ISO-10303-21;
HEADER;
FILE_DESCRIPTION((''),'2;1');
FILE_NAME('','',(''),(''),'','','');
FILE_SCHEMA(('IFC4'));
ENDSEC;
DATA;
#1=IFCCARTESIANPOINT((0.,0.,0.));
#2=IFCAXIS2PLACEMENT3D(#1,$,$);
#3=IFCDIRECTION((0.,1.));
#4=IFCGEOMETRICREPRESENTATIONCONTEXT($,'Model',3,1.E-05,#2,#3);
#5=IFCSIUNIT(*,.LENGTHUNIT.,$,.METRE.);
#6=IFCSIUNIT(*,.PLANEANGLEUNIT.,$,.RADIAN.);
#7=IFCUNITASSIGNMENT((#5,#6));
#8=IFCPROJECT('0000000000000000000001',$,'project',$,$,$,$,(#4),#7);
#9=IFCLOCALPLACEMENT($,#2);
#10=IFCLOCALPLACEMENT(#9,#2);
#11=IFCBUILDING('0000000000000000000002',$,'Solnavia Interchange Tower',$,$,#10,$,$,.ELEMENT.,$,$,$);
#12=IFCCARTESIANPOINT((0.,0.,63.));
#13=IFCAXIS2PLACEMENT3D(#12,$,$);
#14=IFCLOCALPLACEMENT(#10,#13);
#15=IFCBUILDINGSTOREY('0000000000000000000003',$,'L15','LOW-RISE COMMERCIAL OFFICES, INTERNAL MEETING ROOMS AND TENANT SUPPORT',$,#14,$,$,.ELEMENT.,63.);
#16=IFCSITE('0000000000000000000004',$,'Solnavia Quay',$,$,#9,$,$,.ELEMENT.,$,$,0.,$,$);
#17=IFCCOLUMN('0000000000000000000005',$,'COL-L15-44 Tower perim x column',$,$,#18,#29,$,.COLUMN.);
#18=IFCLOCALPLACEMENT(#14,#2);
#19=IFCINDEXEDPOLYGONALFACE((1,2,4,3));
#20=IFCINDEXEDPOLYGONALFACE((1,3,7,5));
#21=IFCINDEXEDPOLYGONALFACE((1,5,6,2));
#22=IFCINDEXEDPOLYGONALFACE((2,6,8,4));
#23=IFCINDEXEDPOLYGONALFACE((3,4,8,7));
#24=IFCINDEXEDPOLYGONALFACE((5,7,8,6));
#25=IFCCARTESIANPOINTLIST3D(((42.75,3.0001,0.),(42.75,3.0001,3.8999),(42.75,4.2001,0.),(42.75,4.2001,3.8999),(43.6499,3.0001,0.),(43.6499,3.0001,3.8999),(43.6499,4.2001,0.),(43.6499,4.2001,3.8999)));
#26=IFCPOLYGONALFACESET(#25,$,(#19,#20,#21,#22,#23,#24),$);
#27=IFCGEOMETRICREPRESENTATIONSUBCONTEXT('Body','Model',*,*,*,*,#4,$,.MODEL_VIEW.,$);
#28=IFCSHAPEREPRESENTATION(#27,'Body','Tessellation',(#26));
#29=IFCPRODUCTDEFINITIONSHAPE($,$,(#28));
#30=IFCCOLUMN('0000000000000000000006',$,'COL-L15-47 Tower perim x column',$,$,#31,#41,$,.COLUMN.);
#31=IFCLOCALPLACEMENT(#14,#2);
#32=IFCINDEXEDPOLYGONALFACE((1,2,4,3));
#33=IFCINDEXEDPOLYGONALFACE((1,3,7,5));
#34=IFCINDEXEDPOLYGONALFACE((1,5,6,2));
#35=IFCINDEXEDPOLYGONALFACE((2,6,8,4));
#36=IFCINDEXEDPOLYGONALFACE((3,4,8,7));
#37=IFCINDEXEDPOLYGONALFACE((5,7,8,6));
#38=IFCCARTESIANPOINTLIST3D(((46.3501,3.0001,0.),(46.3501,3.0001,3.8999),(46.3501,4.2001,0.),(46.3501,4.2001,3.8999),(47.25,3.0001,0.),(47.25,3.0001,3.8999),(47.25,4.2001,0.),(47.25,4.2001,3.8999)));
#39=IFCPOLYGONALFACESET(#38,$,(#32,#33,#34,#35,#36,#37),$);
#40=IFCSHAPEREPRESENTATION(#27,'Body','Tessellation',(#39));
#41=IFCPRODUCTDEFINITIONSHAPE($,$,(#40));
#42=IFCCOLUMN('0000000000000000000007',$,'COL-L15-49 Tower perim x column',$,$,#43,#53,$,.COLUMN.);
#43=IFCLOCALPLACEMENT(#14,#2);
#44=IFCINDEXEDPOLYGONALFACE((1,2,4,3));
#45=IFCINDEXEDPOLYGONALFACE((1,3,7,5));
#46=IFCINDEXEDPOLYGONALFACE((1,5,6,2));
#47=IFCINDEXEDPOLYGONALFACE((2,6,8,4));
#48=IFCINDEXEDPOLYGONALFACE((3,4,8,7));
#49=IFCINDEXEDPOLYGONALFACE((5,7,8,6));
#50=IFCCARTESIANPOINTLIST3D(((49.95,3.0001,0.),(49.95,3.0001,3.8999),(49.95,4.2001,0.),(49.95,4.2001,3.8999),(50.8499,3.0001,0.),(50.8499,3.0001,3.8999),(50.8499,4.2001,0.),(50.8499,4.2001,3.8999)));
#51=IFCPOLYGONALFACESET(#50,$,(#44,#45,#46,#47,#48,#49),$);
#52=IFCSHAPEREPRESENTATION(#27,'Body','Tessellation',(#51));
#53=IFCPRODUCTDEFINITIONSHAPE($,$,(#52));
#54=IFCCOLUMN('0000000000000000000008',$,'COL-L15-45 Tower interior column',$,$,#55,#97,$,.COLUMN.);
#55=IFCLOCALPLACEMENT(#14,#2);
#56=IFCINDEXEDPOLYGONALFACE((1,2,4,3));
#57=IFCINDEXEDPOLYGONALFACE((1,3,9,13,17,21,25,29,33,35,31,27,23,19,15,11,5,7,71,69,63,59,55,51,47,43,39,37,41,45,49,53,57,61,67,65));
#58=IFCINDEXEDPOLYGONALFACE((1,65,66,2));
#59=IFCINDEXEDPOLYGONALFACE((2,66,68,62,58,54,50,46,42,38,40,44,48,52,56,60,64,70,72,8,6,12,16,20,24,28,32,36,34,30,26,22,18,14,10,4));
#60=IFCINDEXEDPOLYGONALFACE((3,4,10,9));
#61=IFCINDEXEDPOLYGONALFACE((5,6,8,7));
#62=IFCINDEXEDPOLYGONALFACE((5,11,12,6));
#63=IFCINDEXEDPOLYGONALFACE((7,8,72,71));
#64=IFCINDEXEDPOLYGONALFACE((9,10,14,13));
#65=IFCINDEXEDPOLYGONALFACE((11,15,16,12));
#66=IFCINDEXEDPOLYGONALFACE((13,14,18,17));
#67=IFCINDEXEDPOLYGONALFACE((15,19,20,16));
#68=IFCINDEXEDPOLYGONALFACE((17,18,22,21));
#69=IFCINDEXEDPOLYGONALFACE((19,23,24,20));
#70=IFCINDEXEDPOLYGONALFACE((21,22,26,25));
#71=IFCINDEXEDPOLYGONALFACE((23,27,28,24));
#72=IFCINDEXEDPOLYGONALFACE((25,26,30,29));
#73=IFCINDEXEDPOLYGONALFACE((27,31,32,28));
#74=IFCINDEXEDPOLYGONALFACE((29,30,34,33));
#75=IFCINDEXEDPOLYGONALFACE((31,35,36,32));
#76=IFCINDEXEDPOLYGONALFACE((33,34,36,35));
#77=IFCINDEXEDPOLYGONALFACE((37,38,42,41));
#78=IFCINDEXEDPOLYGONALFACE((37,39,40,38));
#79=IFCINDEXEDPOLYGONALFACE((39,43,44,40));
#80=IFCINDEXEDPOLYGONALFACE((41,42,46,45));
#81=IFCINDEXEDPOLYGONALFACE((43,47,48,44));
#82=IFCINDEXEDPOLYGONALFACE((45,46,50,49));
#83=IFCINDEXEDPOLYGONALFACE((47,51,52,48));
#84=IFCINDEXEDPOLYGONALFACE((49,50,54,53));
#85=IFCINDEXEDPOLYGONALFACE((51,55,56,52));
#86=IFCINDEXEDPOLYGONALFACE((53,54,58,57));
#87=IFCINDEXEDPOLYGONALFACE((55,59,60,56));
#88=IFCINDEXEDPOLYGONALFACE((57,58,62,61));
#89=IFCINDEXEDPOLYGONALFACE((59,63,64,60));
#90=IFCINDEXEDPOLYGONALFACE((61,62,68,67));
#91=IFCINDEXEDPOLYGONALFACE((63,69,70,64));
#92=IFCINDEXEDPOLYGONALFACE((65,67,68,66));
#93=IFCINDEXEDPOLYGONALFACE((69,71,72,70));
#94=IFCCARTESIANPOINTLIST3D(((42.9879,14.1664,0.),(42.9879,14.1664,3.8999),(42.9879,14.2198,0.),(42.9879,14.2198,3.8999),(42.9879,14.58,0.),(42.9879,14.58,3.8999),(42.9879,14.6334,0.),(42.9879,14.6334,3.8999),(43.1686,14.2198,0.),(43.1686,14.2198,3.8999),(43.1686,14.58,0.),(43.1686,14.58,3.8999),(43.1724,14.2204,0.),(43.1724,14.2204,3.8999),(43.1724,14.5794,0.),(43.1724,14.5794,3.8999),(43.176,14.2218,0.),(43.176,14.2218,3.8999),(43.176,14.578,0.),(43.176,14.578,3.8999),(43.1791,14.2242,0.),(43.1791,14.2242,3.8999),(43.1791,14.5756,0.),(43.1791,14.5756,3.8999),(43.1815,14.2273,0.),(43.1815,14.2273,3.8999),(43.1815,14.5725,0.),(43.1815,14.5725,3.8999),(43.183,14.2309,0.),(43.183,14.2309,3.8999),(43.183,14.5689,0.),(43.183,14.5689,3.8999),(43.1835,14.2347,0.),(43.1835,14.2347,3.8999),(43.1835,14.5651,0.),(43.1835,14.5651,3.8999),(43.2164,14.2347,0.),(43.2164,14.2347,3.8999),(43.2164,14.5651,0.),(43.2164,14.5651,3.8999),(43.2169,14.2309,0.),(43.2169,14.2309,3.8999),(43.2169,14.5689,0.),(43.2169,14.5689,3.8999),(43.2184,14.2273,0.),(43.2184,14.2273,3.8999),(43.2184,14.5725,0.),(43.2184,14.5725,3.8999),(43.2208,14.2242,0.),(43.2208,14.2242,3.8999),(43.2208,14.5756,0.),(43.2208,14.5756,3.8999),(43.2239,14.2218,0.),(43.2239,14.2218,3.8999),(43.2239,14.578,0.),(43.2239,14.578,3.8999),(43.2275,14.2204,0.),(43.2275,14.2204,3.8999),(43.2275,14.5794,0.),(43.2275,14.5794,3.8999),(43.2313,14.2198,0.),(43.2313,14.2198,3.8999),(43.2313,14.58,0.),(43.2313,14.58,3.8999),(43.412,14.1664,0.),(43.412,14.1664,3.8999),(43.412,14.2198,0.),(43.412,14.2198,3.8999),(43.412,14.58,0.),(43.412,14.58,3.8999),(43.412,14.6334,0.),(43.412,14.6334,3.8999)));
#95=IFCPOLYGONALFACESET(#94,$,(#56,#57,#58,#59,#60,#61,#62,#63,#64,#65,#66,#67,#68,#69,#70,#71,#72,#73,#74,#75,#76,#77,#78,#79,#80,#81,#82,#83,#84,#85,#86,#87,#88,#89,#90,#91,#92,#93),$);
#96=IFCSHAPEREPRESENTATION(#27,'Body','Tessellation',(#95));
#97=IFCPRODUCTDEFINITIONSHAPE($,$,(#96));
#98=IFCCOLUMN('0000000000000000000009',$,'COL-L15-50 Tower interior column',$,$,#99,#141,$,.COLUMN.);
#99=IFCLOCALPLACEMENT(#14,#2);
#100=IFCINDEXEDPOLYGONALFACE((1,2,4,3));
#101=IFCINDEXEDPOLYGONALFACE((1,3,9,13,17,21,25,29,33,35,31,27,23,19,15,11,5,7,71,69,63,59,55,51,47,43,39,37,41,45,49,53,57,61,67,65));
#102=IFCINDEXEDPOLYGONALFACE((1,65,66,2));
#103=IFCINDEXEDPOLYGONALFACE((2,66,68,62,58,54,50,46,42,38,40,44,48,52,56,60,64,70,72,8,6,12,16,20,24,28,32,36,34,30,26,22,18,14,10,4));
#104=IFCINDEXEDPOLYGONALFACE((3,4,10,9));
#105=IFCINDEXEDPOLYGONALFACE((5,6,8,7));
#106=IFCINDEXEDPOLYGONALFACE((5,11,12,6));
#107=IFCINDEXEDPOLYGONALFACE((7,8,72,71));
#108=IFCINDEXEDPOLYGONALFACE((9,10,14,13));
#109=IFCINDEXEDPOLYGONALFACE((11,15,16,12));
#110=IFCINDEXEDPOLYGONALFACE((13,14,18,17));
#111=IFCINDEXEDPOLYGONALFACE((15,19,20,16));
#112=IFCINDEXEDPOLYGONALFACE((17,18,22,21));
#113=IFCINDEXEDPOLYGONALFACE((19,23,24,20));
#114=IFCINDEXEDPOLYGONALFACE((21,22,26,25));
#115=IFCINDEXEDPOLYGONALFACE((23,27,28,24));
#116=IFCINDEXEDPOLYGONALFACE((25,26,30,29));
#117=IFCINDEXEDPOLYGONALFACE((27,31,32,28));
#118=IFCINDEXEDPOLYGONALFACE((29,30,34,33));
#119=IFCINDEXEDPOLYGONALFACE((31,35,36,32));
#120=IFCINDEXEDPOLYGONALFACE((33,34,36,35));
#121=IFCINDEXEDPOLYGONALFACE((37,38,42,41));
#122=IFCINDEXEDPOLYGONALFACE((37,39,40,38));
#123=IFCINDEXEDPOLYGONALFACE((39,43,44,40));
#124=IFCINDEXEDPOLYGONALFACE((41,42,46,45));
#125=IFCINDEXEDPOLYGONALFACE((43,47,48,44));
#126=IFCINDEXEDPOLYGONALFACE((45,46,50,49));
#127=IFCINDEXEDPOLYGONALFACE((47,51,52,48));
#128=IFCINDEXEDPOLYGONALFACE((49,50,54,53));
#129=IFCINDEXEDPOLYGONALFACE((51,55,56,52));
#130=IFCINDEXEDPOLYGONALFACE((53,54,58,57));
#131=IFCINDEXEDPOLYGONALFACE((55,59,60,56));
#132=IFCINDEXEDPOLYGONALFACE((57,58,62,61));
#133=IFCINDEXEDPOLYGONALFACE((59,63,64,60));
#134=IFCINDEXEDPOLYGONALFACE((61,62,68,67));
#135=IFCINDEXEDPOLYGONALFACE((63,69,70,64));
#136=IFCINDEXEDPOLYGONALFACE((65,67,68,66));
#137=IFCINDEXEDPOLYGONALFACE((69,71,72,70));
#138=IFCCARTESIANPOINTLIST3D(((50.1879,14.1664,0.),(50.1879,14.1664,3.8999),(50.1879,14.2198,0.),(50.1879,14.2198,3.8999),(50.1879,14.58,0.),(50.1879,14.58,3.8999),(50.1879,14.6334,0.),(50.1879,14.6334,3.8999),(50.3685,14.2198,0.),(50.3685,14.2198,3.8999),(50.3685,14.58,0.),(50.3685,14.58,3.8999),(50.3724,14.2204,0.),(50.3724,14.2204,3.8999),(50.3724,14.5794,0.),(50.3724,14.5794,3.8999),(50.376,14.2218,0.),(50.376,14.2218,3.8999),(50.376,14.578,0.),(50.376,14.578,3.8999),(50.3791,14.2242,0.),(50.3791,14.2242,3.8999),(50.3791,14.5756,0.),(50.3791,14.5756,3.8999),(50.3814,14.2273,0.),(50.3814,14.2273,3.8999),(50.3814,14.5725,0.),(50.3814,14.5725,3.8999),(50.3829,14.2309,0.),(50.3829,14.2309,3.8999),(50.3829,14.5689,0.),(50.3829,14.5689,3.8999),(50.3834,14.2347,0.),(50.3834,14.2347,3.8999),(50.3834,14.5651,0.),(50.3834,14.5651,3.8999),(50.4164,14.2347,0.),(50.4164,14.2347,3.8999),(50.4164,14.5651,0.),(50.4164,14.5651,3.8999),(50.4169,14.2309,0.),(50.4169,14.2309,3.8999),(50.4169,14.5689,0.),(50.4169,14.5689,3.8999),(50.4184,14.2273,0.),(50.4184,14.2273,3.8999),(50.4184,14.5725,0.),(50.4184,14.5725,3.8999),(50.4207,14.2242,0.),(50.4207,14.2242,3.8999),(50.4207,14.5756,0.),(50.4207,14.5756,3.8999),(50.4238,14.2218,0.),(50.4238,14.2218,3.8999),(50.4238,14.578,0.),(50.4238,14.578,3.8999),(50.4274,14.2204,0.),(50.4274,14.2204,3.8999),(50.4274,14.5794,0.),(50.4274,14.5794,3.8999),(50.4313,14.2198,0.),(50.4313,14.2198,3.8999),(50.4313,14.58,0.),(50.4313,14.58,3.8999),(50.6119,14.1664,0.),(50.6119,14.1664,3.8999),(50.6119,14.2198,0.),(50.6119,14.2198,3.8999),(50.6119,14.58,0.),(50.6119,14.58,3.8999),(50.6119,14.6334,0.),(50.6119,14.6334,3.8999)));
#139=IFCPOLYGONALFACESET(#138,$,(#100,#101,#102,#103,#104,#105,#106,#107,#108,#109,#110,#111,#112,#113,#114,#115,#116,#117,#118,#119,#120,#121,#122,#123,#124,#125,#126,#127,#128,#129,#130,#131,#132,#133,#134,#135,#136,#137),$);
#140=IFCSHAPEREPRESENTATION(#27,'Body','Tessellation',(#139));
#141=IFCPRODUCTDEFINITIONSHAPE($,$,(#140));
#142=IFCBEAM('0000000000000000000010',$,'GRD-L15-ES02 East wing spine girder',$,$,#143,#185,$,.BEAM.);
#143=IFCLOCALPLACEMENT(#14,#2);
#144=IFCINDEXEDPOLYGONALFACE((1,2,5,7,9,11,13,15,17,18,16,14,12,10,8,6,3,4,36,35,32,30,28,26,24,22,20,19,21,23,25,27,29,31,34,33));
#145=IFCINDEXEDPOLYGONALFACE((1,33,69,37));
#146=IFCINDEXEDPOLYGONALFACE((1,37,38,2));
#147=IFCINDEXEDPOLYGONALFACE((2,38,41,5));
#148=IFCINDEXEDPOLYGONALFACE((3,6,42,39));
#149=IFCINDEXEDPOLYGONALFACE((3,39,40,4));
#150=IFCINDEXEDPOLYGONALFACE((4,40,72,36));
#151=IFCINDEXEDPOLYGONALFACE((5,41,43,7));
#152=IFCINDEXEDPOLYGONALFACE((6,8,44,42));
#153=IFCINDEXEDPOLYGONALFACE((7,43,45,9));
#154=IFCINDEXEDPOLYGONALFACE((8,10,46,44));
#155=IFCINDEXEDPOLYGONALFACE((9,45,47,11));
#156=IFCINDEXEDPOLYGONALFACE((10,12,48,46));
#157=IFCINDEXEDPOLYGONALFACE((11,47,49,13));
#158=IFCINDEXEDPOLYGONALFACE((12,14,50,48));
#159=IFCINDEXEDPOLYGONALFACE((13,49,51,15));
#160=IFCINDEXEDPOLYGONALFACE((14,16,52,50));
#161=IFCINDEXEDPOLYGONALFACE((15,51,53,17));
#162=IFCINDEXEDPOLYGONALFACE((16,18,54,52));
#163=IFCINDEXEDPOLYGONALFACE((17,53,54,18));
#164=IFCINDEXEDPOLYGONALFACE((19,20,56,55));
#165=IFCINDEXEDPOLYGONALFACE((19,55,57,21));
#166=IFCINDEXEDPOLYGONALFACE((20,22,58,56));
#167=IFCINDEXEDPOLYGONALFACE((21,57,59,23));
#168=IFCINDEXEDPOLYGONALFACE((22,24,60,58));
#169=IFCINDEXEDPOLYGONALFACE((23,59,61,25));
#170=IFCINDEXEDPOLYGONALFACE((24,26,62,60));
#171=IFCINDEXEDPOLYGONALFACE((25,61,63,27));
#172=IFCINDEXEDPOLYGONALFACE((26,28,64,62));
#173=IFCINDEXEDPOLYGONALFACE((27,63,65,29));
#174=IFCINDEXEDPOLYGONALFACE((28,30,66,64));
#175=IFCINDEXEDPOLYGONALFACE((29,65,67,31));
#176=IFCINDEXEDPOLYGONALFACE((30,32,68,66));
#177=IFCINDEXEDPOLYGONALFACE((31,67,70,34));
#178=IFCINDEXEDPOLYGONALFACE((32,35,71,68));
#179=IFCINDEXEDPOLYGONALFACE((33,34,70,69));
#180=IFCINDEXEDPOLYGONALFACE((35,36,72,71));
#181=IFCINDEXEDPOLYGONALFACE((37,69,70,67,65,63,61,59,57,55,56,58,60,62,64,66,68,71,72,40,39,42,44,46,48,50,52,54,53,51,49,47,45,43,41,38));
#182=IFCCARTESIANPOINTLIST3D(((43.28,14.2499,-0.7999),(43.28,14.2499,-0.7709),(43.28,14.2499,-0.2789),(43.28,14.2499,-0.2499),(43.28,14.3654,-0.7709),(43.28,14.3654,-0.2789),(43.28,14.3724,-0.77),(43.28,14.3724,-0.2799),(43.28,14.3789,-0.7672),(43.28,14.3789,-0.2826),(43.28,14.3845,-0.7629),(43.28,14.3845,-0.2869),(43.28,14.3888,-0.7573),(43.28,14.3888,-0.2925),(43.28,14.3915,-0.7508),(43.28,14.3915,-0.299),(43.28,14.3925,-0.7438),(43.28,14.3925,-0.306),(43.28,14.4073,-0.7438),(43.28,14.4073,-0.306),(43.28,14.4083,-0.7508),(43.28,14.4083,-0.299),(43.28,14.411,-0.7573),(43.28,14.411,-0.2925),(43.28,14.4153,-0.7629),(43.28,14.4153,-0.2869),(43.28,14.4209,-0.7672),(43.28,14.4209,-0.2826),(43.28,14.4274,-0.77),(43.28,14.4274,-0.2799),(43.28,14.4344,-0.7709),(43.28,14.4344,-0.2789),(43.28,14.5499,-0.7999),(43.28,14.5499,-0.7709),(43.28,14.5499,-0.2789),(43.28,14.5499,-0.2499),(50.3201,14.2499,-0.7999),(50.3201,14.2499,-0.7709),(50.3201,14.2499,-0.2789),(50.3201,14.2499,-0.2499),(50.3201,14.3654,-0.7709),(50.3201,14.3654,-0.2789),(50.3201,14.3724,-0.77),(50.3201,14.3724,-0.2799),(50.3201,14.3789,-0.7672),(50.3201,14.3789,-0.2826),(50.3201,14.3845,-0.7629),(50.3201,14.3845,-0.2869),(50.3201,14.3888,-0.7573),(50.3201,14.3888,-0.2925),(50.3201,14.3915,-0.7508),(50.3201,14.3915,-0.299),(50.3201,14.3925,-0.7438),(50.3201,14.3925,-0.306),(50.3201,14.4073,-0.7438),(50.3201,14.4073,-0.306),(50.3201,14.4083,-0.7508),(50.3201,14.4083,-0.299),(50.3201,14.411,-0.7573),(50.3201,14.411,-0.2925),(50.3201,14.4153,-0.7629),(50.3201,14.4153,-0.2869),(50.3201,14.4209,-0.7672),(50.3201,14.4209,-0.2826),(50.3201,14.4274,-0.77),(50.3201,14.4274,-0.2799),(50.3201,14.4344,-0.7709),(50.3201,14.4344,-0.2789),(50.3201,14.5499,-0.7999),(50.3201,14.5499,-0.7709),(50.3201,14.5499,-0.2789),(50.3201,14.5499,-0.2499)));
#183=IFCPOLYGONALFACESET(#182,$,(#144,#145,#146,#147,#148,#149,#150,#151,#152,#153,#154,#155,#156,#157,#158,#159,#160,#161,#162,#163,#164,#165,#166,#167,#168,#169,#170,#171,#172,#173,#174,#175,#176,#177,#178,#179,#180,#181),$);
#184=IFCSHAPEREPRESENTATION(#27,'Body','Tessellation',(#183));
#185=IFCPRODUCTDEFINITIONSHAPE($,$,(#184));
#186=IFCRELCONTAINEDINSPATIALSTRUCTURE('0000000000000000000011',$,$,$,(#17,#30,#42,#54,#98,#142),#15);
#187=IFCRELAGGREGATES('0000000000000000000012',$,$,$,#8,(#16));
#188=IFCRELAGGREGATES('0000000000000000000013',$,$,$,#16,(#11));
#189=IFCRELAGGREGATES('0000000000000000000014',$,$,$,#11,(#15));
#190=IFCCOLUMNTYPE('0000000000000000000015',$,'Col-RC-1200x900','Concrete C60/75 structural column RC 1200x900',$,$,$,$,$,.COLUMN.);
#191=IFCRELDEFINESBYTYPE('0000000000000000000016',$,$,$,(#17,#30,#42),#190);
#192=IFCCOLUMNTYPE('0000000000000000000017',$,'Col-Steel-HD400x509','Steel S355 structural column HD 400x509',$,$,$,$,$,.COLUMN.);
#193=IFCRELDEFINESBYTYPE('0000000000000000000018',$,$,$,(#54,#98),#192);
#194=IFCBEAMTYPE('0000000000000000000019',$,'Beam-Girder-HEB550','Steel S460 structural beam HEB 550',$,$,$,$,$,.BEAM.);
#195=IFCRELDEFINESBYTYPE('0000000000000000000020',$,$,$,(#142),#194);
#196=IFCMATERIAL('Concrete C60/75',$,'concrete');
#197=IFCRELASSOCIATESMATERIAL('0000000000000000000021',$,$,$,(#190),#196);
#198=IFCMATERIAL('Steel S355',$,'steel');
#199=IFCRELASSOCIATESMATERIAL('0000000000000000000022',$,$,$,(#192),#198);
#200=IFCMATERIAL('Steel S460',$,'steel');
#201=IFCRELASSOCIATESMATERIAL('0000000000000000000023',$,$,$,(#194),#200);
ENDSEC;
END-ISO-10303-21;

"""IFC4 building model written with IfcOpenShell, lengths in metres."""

from ifc_helpers import new_model, si_unit, direction, frame, origin, origin_2d, place, context, subcontext, project, spatial, rectangle, i_section, extrude, material, material_profile, profile_set, type_object, element, save


model = new_model("IFC4")

# Units and contexts
model_context = context("Model", 3, precision=1e-05, world=origin(), true_north=direction((0.0, 1.0)))
body_context = subcontext(model_context, "Body", "Model", "MODEL_VIEW")
ifc_project = project(units=[si_unit("LENGTHUNIT", "METRE"), si_unit("PLANEANGLEUNIT", "RADIAN")], contexts=[model_context])

# Site, building, storey
site_placement = place(None, origin())
site = spatial("IfcSite", under=ifc_project, at=site_placement, Name="Solnavia Quay", CompositionType="ELEMENT", RefElevation=0.0)
building_placement = place(site_placement, origin())
building = spatial("IfcBuilding", under=site, at=building_placement, Name="Solnavia Interchange Tower", CompositionType="ELEMENT")
storey_placement = place(building_placement, frame((0.0, 0.0, 63.0)))
storey = spatial("IfcBuildingStorey", under=building, at=storey_placement, Name="L15", Description="LOW-RISE COMMERCIAL OFFICES, INTERNAL MEETING ROOMS AND TENANT SUPPORT", CompositionType="ELEMENT", Elevation=63.0)

# Columns
ifc_material_1 = material(Name="Concrete C60/75", Category="concrete")
ifc_material_profile_1 = material_profile(ifc_material_1, rectangle(XDim=0.8999, YDim=1.2, at=origin_2d()), Name="RC 1200x900")
ifc_profile_set_1 = profile_set([ifc_material_profile_1], Name="Concrete C60/75")
column_type_1 = type_object("IfcColumnType", Name="Col-RC-1200x900", Description="Concrete C60/75 structural column RC 1200x900", PredefinedType="COLUMN", material=ifc_profile_set_1)
for number, where, z_axis, x_axis, name in (
    (1, (43.2, 3.6001, 0.0), (0.0, 0.0, 1.0), (1.0, 0.0, 0.0), "COL-L15-44 Tower perim x column"),
    (2, (46.8, 3.6001, 0.0), (0.0, 0.0, 1.0), (1.0, 0.0, 0.0), "COL-L15-47 Tower perim x column"),
    (3, (50.3999, 3.6001, 0.0), (0.0, 0.0, 1.0), (1.0, 0.0, 0.0), "COL-L15-49 Tower perim x column"),
):
    element("IfcColumn", number, at=place(storey_placement, frame(where, z_axis=z_axis, x_axis=x_axis)), inside=storey, type_object=column_type_1, Name=name, PredefinedType="COLUMN", context=body_context, shape_type="SweptSolid", body=[
        extrude(rectangle(XDim=0.8999, YDim=1.2, at=origin_2d()), origin(), (0.0, 0.0, 1.0), 3.8999),
    ])
ifc_material_2 = material(Name="Steel S355", Category="steel")
ifc_material_profile_2 = material_profile(ifc_material_2, i_section(OverallWidth=0.4241, OverallDepth=0.467, WebThickness=0.033, FlangeThickness=0.0535, FilletRadius=0.0149, at=origin_2d()), Name="HD 400x509")
ifc_profile_set_2 = profile_set([ifc_material_profile_2], Name="Steel S355")
column_type_2 = type_object("IfcColumnType", Name="Col-Steel-HD400x509", Description="Steel S355 structural column HD 400x509", PredefinedType="COLUMN", material=ifc_profile_set_2)
for number, where, z_axis, x_axis, name in (
    (4, (43.2, 14.3999, 0.0), (0.0, 0.0, 1.0), (1.0, 0.0, 0.0), "COL-L15-45 Tower interior column"),
    (5, (50.3999, 14.3999, 0.0), (0.0, 0.0, 1.0), (1.0, 0.0, 0.0), "COL-L15-50 Tower interior column"),
):
    element("IfcColumn", number, at=place(storey_placement, frame(where, z_axis=z_axis, x_axis=x_axis)), inside=storey, type_object=column_type_2, Name=name, PredefinedType="COLUMN", context=body_context, shape_type="SweptSolid", body=[
        extrude(i_section(OverallWidth=0.4241, OverallDepth=0.467, WebThickness=0.033, FlangeThickness=0.0535, FilletRadius=0.0149, at=origin_2d()), origin(), (0.0, 0.0, 1.0), 3.8999),
    ])

# Beam
ifc_material_3 = material(Name="Steel S460", Category="steel")
ifc_material_profile_3 = material_profile(ifc_material_3, i_section(OverallWidth=0.3, OverallDepth=0.55, WebThickness=0.0149, FlangeThickness=0.0291, FilletRadius=0.0271, at=origin_2d()), Name="HEB 550")
ifc_profile_set_3 = profile_set([ifc_material_profile_3], Name="Steel S460")
beam_type_1 = type_object("IfcBeamType", Name="Beam-Girder-HEB550", Description="Steel S460 structural beam HEB 550", PredefinedType="BEAM", material=ifc_profile_set_3)
beam_1_placement = place(storey_placement, frame((43.28, 14.3999, -0.5249), z_axis=(1.0, 0.0, 0.0), x_axis=(0.0, 1.0, 0.0)))
element("IfcBeam", 6, at=beam_1_placement, inside=storey, type_object=beam_type_1, Name="GRD-L15-ES02 East wing spine girder", PredefinedType="BEAM", context=body_context, shape_type="SweptSolid", body=[
    extrude(i_section(OverallWidth=0.3, OverallDepth=0.55, WebThickness=0.0149, FlangeThickness=0.0291, FilletRadius=0.0271, at=origin_2d()), origin(), (0.0, 0.0, 1.0), 7.04),
])

save(model, "model.ifc")
